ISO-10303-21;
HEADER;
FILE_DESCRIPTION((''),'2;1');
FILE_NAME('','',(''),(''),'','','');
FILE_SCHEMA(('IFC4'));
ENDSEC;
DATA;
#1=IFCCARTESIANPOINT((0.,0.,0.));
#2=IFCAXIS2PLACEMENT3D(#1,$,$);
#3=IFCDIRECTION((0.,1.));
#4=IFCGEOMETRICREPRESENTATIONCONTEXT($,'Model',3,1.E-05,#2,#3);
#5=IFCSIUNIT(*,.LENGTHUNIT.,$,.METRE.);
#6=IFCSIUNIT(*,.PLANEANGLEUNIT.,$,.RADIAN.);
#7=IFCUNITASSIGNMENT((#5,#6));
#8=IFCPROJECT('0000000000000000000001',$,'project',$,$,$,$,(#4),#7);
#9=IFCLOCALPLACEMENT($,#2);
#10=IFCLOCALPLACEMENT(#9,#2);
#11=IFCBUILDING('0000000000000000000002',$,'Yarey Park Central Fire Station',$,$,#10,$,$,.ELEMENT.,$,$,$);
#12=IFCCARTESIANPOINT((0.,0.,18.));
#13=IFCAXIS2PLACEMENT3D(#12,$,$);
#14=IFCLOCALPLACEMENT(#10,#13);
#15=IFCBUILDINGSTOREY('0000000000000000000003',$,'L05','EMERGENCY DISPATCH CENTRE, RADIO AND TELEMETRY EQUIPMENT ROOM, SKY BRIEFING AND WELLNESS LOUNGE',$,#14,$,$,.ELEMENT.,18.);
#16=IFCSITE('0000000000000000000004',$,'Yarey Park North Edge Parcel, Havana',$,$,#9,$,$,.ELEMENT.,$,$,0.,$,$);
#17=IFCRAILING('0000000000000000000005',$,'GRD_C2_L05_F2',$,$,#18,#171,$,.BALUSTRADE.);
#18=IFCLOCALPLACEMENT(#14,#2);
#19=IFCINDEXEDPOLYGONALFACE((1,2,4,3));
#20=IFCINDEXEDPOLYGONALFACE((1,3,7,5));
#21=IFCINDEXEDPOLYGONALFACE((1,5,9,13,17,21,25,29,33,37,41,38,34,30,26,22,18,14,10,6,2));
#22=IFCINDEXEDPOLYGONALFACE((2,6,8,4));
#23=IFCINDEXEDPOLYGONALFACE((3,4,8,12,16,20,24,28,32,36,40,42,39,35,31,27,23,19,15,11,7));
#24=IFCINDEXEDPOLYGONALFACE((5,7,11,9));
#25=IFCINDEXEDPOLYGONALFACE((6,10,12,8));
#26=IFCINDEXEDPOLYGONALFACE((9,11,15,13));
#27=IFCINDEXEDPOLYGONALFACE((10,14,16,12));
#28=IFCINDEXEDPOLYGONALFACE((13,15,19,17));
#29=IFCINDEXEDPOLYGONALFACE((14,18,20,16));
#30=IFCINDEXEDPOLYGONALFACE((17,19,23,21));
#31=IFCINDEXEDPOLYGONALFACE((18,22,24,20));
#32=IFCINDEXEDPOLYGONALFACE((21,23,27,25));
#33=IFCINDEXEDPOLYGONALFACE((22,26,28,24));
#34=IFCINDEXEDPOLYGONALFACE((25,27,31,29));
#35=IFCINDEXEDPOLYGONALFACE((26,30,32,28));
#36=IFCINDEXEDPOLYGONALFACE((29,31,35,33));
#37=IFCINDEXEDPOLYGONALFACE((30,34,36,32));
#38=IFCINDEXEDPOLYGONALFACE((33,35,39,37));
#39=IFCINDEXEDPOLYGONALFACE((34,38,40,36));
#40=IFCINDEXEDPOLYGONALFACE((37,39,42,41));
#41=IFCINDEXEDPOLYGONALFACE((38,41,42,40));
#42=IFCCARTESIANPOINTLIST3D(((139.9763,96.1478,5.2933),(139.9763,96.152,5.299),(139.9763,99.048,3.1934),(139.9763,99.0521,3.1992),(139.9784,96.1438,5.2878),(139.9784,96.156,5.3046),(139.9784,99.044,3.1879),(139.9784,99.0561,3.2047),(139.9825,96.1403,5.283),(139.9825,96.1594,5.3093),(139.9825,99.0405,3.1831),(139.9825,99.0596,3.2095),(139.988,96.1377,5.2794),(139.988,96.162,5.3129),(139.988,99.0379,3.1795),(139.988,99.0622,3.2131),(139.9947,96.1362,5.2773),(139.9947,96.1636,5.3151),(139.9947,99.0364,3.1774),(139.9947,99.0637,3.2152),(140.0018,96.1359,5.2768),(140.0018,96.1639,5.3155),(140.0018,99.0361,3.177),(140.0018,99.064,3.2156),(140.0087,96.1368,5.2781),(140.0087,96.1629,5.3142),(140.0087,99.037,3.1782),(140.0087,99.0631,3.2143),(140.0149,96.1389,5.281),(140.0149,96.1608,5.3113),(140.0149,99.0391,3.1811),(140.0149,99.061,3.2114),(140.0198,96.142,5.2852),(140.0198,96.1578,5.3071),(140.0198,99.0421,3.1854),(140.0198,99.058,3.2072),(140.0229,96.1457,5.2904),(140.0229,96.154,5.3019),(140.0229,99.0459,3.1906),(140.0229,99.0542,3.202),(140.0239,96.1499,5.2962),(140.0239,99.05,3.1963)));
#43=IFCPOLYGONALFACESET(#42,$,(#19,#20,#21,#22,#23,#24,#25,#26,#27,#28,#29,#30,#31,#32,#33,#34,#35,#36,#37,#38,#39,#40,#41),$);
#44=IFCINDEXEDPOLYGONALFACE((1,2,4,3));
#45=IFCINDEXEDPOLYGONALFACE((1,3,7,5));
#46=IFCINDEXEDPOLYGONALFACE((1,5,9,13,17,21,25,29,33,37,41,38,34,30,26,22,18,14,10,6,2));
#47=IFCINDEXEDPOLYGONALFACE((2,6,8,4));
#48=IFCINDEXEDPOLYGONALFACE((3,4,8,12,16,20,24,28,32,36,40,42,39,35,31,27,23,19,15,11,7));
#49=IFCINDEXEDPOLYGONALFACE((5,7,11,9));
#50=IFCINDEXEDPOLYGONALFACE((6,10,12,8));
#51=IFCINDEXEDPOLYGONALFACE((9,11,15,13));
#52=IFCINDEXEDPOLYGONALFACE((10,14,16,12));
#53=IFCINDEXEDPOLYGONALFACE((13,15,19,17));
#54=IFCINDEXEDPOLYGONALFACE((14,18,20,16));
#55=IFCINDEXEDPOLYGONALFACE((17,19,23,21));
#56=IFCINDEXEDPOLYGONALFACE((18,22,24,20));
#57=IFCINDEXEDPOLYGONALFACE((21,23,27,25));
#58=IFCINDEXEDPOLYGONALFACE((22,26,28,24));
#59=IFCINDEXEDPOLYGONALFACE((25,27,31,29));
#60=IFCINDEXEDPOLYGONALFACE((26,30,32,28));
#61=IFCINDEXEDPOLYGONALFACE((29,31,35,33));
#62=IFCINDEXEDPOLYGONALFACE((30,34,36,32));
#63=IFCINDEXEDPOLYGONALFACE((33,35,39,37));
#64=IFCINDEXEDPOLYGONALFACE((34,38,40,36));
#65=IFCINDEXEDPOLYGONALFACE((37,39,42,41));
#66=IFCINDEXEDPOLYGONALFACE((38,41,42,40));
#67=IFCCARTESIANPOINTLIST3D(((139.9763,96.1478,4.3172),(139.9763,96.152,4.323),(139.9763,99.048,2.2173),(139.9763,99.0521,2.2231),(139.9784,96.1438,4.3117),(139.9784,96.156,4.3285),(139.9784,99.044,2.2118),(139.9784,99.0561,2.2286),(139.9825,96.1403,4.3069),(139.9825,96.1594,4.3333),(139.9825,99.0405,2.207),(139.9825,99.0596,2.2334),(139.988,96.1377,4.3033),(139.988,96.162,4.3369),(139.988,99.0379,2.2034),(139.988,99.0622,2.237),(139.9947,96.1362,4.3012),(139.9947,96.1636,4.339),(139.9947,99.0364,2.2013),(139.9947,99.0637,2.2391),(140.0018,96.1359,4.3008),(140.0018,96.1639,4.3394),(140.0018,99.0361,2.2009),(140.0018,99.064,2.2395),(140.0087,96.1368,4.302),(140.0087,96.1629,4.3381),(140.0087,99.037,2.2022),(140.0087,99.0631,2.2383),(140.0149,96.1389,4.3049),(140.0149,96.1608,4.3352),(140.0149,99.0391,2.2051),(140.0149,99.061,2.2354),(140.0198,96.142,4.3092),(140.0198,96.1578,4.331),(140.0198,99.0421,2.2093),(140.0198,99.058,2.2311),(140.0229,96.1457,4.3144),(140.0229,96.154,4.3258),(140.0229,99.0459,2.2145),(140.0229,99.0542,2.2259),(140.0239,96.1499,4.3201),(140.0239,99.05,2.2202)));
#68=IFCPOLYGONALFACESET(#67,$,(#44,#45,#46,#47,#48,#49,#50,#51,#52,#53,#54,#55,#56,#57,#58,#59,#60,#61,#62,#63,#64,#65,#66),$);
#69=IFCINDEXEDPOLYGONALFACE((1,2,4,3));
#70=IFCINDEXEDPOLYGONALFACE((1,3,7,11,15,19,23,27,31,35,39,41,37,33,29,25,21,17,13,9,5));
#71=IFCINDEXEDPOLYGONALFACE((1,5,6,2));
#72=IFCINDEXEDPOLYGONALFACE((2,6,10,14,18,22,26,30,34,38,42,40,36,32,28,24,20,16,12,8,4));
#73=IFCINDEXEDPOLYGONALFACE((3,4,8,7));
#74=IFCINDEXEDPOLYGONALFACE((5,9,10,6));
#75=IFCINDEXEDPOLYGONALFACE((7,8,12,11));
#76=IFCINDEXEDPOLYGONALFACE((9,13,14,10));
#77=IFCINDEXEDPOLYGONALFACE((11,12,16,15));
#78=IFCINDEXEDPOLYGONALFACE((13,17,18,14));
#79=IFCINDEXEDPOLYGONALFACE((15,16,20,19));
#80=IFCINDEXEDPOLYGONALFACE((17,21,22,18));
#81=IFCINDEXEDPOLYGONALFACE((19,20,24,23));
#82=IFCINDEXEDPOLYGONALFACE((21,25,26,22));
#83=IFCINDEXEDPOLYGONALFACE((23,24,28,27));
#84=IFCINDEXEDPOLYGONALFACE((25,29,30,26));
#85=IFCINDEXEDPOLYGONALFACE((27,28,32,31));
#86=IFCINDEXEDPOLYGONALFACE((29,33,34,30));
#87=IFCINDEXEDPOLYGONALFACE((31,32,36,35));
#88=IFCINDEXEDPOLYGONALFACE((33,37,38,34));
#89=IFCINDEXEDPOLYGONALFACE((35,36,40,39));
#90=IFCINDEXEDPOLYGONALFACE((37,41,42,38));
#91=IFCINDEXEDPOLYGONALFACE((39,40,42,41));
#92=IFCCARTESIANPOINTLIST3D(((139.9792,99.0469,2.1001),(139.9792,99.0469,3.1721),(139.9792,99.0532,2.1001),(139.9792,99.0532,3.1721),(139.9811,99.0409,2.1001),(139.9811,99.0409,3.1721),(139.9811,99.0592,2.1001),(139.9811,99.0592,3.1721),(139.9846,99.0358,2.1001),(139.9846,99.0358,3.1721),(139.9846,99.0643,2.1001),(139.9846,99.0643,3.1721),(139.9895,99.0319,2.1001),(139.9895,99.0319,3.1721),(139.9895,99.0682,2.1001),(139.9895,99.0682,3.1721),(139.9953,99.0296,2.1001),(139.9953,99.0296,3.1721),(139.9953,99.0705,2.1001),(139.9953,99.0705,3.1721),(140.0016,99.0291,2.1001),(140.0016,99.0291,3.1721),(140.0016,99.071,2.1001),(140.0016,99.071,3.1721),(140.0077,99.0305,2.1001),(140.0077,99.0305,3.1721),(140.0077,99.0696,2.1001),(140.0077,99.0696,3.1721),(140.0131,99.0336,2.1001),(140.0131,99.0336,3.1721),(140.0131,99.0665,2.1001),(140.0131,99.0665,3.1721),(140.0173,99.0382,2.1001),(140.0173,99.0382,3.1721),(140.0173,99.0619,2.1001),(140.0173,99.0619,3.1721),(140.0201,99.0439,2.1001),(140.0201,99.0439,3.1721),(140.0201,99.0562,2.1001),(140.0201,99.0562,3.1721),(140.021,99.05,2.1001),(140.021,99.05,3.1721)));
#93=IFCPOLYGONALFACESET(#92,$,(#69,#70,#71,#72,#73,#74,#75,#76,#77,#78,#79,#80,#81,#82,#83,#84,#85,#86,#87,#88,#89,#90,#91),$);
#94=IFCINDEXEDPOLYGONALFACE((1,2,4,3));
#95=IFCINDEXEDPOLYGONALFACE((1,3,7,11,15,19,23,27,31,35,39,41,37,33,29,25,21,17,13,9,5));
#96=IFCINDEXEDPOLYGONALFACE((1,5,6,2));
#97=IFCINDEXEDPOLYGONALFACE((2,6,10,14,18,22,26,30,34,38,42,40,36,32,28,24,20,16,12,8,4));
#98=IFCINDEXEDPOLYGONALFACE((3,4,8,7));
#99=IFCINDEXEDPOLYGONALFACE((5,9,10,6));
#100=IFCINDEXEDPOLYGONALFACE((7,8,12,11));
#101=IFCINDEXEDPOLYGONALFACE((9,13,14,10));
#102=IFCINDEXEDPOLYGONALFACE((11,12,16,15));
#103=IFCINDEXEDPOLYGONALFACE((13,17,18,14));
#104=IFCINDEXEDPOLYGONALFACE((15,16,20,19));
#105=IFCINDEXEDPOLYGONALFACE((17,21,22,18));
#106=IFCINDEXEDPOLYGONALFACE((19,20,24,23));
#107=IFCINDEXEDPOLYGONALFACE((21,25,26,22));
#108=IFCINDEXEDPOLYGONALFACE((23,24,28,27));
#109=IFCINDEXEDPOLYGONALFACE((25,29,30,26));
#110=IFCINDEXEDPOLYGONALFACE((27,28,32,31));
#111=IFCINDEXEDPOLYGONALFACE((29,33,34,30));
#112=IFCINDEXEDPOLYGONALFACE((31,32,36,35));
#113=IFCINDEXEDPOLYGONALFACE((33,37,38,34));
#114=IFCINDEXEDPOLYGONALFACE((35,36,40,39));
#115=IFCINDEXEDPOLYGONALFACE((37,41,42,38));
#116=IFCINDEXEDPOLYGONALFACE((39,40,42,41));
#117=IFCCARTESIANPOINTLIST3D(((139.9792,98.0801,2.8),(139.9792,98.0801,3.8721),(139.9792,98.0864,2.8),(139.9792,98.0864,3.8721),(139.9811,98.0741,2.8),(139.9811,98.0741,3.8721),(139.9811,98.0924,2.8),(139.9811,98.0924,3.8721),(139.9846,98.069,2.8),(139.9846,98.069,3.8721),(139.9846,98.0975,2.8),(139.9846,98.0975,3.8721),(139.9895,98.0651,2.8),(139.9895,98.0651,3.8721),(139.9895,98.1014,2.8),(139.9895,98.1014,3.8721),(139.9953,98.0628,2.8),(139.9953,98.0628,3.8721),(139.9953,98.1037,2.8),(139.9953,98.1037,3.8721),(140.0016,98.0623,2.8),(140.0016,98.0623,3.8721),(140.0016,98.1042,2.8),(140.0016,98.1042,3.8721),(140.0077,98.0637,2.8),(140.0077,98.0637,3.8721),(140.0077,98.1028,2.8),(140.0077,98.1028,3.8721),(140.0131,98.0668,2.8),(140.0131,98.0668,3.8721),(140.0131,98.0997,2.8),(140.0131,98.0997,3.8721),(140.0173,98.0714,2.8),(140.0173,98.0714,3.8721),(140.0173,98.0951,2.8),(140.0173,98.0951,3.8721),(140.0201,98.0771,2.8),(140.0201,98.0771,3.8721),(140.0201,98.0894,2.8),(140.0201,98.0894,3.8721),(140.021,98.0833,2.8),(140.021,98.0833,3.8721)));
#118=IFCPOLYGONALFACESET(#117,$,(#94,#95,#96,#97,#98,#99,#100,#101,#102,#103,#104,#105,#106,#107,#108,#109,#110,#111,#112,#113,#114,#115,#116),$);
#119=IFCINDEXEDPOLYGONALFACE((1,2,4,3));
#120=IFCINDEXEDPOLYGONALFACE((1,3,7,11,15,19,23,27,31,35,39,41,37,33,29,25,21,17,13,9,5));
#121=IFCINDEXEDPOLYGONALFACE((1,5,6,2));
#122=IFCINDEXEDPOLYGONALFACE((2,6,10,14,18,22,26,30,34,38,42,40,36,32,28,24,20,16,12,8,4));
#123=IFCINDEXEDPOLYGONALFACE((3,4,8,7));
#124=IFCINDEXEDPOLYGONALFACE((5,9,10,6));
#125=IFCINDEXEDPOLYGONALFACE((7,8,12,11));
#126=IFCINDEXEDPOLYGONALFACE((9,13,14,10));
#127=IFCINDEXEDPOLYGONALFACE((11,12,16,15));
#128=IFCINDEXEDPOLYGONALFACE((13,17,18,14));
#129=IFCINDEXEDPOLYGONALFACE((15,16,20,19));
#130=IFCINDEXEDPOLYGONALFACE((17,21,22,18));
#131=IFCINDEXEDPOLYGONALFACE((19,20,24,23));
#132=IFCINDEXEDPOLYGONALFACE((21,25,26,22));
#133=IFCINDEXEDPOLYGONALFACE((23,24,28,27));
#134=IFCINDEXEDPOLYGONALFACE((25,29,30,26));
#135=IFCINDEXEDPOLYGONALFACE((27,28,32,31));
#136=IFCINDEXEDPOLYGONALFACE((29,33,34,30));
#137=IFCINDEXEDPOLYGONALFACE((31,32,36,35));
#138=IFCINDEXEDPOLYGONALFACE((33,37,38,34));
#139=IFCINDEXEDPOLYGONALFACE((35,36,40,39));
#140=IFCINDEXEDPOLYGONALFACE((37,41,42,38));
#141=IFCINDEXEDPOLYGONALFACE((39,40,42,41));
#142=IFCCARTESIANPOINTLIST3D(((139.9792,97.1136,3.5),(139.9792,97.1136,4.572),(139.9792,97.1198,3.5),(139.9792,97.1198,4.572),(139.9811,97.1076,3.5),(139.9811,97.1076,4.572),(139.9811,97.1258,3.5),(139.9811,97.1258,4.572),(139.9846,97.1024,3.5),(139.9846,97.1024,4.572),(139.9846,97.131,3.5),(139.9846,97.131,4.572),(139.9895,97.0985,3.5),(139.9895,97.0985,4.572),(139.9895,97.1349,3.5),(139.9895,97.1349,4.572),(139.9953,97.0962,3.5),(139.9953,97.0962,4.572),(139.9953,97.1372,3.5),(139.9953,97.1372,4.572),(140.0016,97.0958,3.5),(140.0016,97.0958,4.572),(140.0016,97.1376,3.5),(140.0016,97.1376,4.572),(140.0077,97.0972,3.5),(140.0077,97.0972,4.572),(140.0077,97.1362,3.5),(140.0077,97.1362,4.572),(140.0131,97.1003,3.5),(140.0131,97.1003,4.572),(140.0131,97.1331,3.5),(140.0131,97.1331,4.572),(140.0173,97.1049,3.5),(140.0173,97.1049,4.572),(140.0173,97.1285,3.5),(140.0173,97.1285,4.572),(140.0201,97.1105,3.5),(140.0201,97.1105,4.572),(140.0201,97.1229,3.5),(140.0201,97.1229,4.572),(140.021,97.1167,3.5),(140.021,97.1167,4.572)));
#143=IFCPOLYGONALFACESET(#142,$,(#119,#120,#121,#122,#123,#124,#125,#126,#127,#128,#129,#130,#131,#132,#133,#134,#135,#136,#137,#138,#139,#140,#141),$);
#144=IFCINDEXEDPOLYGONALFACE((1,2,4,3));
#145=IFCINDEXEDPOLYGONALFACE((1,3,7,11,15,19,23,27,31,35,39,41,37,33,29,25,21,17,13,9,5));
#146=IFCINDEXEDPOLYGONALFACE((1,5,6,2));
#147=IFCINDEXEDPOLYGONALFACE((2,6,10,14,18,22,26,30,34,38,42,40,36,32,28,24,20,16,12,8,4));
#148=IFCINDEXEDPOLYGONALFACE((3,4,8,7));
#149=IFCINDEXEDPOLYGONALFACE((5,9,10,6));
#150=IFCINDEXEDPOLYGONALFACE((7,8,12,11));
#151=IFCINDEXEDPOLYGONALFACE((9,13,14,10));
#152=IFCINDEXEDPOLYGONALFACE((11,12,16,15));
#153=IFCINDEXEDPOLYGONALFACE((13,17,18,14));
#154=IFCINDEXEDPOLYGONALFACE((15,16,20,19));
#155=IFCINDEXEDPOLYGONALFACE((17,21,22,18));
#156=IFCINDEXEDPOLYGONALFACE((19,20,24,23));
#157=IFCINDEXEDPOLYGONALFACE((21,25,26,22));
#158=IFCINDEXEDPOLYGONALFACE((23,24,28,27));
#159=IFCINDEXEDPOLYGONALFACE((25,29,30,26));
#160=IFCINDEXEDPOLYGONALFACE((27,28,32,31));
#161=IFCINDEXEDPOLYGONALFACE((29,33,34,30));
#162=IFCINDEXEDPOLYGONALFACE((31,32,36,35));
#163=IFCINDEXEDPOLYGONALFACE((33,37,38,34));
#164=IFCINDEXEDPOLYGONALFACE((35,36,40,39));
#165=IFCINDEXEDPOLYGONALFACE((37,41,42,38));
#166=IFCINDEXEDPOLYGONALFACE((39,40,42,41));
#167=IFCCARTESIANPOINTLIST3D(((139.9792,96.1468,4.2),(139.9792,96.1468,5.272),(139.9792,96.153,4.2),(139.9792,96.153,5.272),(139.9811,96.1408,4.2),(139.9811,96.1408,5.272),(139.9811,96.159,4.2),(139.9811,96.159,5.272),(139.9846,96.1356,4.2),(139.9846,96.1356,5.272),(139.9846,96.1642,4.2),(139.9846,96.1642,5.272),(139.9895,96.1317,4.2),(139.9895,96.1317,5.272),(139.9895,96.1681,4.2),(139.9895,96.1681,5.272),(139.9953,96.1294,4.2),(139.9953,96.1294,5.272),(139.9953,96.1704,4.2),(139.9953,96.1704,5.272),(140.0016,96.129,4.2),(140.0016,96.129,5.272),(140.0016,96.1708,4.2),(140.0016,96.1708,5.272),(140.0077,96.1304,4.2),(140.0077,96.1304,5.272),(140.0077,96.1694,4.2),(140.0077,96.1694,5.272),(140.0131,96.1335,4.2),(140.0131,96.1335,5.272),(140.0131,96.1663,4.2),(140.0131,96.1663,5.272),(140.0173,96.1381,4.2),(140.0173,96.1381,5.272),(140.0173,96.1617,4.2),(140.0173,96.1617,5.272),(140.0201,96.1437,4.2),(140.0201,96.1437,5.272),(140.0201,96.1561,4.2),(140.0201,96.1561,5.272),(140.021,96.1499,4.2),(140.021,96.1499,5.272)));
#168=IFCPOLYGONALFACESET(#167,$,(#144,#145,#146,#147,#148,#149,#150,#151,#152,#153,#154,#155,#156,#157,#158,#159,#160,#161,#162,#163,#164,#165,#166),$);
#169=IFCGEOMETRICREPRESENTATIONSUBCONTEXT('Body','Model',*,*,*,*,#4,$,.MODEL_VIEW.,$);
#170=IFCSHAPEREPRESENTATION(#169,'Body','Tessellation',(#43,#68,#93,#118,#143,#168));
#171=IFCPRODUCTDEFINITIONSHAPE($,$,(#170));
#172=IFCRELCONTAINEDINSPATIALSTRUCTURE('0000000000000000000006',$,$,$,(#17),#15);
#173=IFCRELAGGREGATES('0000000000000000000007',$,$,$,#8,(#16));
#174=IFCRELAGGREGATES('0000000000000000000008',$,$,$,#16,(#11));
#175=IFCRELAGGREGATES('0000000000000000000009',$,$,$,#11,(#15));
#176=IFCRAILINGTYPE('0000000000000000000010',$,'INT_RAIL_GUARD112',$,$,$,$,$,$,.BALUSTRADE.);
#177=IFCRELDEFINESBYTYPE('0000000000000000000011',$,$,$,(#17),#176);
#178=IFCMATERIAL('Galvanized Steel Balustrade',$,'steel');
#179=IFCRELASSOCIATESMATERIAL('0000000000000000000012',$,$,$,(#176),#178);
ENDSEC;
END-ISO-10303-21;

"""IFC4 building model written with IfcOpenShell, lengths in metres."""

from ifc_helpers import new_model, si_unit, direction, frame, origin, origin_2d, place, context, subcontext, project, spatial, circle, extrude, material, type_object, element, save


model = new_model("IFC4")

# Units and contexts
model_context = context("Model", 3, precision=1e-05, world=origin(), true_north=direction((0.0, 1.0)))
body_context = subcontext(model_context, "Body", "Model", "MODEL_VIEW")
ifc_project = project(units=[si_unit("LENGTHUNIT", "METRE"), si_unit("PLANEANGLEUNIT", "RADIAN")], contexts=[model_context])

# Site, building, storey
site_placement = place(None, origin())
site = spatial("IfcSite", under=ifc_project, at=site_placement, Name="Yarey Park North Edge Parcel, Havana", CompositionType="ELEMENT", RefElevation=0.0)
building_placement = place(site_placement, origin())
building = spatial("IfcBuilding", under=site, at=building_placement, Name="Yarey Park Central Fire Station", CompositionType="ELEMENT")
storey_placement = place(building_placement, frame((0.0, 0.0, 18.0)))
storey = spatial("IfcBuildingStorey", under=building, at=storey_placement, Name="L05", Description="EMERGENCY DISPATCH CENTRE, RADIO AND TELEMETRY EQUIPMENT ROOM, SKY BRIEFING AND WELLNESS LOUNGE", CompositionType="ELEMENT", Elevation=18.0)

# Railing
ifc_material_1 = material(Name="Galvanized Steel Balustrade", Category="steel")
railing_type_1 = type_object("IfcRailingType", Name="INT_RAIL_GUARD112", PredefinedType="BALUSTRADE", material=ifc_material_1)
railing_1_placement = place(storey_placement, frame((140.0, 99.05, 2.1001)))
element("IfcRailing", 1, at=railing_1_placement, inside=storey, type_object=railing_type_1, Name="GRD_C2_L05_F2", PredefinedType="BALUSTRADE", context=body_context, shape_type="SweptSolid", body=[
    extrude(circle(Radius=0.0239, at=origin_2d()), frame((0.0, 0.0, 1.0962), z_axis=(0.0, -0.809976, 0.586464), x_axis=(1.0, 0.0, 0.0)), (0.0, 0.0, 1.0), 3.5806),
    extrude(circle(Radius=0.0239, at=origin_2d()), frame((0.0, 0.0, 0.1201), z_axis=(0.0, -0.809976, 0.586464), x_axis=(1.0, 0.0, 0.0)), (0.0, 0.0, 1.0), 3.5806),
    extrude(circle(Radius=0.021, at=origin_2d()), origin(), (0.0, 0.0, 1.0), 1.072),
    extrude(circle(Radius=0.021, at=origin_2d()), frame((0.0, -0.9668, 0.7)), (0.0, 0.0, 1.0), 1.072),
    extrude(circle(Radius=0.021, at=origin_2d()), frame((0.0, -1.9333, 1.3999)), (0.0, 0.0, 1.0), 1.072),
    extrude(circle(Radius=0.021, at=origin_2d()), frame((0.0, -2.9001, 2.0999)), (0.0, 0.0, 1.0), 1.072),
])

save(model, "model.ifc")
